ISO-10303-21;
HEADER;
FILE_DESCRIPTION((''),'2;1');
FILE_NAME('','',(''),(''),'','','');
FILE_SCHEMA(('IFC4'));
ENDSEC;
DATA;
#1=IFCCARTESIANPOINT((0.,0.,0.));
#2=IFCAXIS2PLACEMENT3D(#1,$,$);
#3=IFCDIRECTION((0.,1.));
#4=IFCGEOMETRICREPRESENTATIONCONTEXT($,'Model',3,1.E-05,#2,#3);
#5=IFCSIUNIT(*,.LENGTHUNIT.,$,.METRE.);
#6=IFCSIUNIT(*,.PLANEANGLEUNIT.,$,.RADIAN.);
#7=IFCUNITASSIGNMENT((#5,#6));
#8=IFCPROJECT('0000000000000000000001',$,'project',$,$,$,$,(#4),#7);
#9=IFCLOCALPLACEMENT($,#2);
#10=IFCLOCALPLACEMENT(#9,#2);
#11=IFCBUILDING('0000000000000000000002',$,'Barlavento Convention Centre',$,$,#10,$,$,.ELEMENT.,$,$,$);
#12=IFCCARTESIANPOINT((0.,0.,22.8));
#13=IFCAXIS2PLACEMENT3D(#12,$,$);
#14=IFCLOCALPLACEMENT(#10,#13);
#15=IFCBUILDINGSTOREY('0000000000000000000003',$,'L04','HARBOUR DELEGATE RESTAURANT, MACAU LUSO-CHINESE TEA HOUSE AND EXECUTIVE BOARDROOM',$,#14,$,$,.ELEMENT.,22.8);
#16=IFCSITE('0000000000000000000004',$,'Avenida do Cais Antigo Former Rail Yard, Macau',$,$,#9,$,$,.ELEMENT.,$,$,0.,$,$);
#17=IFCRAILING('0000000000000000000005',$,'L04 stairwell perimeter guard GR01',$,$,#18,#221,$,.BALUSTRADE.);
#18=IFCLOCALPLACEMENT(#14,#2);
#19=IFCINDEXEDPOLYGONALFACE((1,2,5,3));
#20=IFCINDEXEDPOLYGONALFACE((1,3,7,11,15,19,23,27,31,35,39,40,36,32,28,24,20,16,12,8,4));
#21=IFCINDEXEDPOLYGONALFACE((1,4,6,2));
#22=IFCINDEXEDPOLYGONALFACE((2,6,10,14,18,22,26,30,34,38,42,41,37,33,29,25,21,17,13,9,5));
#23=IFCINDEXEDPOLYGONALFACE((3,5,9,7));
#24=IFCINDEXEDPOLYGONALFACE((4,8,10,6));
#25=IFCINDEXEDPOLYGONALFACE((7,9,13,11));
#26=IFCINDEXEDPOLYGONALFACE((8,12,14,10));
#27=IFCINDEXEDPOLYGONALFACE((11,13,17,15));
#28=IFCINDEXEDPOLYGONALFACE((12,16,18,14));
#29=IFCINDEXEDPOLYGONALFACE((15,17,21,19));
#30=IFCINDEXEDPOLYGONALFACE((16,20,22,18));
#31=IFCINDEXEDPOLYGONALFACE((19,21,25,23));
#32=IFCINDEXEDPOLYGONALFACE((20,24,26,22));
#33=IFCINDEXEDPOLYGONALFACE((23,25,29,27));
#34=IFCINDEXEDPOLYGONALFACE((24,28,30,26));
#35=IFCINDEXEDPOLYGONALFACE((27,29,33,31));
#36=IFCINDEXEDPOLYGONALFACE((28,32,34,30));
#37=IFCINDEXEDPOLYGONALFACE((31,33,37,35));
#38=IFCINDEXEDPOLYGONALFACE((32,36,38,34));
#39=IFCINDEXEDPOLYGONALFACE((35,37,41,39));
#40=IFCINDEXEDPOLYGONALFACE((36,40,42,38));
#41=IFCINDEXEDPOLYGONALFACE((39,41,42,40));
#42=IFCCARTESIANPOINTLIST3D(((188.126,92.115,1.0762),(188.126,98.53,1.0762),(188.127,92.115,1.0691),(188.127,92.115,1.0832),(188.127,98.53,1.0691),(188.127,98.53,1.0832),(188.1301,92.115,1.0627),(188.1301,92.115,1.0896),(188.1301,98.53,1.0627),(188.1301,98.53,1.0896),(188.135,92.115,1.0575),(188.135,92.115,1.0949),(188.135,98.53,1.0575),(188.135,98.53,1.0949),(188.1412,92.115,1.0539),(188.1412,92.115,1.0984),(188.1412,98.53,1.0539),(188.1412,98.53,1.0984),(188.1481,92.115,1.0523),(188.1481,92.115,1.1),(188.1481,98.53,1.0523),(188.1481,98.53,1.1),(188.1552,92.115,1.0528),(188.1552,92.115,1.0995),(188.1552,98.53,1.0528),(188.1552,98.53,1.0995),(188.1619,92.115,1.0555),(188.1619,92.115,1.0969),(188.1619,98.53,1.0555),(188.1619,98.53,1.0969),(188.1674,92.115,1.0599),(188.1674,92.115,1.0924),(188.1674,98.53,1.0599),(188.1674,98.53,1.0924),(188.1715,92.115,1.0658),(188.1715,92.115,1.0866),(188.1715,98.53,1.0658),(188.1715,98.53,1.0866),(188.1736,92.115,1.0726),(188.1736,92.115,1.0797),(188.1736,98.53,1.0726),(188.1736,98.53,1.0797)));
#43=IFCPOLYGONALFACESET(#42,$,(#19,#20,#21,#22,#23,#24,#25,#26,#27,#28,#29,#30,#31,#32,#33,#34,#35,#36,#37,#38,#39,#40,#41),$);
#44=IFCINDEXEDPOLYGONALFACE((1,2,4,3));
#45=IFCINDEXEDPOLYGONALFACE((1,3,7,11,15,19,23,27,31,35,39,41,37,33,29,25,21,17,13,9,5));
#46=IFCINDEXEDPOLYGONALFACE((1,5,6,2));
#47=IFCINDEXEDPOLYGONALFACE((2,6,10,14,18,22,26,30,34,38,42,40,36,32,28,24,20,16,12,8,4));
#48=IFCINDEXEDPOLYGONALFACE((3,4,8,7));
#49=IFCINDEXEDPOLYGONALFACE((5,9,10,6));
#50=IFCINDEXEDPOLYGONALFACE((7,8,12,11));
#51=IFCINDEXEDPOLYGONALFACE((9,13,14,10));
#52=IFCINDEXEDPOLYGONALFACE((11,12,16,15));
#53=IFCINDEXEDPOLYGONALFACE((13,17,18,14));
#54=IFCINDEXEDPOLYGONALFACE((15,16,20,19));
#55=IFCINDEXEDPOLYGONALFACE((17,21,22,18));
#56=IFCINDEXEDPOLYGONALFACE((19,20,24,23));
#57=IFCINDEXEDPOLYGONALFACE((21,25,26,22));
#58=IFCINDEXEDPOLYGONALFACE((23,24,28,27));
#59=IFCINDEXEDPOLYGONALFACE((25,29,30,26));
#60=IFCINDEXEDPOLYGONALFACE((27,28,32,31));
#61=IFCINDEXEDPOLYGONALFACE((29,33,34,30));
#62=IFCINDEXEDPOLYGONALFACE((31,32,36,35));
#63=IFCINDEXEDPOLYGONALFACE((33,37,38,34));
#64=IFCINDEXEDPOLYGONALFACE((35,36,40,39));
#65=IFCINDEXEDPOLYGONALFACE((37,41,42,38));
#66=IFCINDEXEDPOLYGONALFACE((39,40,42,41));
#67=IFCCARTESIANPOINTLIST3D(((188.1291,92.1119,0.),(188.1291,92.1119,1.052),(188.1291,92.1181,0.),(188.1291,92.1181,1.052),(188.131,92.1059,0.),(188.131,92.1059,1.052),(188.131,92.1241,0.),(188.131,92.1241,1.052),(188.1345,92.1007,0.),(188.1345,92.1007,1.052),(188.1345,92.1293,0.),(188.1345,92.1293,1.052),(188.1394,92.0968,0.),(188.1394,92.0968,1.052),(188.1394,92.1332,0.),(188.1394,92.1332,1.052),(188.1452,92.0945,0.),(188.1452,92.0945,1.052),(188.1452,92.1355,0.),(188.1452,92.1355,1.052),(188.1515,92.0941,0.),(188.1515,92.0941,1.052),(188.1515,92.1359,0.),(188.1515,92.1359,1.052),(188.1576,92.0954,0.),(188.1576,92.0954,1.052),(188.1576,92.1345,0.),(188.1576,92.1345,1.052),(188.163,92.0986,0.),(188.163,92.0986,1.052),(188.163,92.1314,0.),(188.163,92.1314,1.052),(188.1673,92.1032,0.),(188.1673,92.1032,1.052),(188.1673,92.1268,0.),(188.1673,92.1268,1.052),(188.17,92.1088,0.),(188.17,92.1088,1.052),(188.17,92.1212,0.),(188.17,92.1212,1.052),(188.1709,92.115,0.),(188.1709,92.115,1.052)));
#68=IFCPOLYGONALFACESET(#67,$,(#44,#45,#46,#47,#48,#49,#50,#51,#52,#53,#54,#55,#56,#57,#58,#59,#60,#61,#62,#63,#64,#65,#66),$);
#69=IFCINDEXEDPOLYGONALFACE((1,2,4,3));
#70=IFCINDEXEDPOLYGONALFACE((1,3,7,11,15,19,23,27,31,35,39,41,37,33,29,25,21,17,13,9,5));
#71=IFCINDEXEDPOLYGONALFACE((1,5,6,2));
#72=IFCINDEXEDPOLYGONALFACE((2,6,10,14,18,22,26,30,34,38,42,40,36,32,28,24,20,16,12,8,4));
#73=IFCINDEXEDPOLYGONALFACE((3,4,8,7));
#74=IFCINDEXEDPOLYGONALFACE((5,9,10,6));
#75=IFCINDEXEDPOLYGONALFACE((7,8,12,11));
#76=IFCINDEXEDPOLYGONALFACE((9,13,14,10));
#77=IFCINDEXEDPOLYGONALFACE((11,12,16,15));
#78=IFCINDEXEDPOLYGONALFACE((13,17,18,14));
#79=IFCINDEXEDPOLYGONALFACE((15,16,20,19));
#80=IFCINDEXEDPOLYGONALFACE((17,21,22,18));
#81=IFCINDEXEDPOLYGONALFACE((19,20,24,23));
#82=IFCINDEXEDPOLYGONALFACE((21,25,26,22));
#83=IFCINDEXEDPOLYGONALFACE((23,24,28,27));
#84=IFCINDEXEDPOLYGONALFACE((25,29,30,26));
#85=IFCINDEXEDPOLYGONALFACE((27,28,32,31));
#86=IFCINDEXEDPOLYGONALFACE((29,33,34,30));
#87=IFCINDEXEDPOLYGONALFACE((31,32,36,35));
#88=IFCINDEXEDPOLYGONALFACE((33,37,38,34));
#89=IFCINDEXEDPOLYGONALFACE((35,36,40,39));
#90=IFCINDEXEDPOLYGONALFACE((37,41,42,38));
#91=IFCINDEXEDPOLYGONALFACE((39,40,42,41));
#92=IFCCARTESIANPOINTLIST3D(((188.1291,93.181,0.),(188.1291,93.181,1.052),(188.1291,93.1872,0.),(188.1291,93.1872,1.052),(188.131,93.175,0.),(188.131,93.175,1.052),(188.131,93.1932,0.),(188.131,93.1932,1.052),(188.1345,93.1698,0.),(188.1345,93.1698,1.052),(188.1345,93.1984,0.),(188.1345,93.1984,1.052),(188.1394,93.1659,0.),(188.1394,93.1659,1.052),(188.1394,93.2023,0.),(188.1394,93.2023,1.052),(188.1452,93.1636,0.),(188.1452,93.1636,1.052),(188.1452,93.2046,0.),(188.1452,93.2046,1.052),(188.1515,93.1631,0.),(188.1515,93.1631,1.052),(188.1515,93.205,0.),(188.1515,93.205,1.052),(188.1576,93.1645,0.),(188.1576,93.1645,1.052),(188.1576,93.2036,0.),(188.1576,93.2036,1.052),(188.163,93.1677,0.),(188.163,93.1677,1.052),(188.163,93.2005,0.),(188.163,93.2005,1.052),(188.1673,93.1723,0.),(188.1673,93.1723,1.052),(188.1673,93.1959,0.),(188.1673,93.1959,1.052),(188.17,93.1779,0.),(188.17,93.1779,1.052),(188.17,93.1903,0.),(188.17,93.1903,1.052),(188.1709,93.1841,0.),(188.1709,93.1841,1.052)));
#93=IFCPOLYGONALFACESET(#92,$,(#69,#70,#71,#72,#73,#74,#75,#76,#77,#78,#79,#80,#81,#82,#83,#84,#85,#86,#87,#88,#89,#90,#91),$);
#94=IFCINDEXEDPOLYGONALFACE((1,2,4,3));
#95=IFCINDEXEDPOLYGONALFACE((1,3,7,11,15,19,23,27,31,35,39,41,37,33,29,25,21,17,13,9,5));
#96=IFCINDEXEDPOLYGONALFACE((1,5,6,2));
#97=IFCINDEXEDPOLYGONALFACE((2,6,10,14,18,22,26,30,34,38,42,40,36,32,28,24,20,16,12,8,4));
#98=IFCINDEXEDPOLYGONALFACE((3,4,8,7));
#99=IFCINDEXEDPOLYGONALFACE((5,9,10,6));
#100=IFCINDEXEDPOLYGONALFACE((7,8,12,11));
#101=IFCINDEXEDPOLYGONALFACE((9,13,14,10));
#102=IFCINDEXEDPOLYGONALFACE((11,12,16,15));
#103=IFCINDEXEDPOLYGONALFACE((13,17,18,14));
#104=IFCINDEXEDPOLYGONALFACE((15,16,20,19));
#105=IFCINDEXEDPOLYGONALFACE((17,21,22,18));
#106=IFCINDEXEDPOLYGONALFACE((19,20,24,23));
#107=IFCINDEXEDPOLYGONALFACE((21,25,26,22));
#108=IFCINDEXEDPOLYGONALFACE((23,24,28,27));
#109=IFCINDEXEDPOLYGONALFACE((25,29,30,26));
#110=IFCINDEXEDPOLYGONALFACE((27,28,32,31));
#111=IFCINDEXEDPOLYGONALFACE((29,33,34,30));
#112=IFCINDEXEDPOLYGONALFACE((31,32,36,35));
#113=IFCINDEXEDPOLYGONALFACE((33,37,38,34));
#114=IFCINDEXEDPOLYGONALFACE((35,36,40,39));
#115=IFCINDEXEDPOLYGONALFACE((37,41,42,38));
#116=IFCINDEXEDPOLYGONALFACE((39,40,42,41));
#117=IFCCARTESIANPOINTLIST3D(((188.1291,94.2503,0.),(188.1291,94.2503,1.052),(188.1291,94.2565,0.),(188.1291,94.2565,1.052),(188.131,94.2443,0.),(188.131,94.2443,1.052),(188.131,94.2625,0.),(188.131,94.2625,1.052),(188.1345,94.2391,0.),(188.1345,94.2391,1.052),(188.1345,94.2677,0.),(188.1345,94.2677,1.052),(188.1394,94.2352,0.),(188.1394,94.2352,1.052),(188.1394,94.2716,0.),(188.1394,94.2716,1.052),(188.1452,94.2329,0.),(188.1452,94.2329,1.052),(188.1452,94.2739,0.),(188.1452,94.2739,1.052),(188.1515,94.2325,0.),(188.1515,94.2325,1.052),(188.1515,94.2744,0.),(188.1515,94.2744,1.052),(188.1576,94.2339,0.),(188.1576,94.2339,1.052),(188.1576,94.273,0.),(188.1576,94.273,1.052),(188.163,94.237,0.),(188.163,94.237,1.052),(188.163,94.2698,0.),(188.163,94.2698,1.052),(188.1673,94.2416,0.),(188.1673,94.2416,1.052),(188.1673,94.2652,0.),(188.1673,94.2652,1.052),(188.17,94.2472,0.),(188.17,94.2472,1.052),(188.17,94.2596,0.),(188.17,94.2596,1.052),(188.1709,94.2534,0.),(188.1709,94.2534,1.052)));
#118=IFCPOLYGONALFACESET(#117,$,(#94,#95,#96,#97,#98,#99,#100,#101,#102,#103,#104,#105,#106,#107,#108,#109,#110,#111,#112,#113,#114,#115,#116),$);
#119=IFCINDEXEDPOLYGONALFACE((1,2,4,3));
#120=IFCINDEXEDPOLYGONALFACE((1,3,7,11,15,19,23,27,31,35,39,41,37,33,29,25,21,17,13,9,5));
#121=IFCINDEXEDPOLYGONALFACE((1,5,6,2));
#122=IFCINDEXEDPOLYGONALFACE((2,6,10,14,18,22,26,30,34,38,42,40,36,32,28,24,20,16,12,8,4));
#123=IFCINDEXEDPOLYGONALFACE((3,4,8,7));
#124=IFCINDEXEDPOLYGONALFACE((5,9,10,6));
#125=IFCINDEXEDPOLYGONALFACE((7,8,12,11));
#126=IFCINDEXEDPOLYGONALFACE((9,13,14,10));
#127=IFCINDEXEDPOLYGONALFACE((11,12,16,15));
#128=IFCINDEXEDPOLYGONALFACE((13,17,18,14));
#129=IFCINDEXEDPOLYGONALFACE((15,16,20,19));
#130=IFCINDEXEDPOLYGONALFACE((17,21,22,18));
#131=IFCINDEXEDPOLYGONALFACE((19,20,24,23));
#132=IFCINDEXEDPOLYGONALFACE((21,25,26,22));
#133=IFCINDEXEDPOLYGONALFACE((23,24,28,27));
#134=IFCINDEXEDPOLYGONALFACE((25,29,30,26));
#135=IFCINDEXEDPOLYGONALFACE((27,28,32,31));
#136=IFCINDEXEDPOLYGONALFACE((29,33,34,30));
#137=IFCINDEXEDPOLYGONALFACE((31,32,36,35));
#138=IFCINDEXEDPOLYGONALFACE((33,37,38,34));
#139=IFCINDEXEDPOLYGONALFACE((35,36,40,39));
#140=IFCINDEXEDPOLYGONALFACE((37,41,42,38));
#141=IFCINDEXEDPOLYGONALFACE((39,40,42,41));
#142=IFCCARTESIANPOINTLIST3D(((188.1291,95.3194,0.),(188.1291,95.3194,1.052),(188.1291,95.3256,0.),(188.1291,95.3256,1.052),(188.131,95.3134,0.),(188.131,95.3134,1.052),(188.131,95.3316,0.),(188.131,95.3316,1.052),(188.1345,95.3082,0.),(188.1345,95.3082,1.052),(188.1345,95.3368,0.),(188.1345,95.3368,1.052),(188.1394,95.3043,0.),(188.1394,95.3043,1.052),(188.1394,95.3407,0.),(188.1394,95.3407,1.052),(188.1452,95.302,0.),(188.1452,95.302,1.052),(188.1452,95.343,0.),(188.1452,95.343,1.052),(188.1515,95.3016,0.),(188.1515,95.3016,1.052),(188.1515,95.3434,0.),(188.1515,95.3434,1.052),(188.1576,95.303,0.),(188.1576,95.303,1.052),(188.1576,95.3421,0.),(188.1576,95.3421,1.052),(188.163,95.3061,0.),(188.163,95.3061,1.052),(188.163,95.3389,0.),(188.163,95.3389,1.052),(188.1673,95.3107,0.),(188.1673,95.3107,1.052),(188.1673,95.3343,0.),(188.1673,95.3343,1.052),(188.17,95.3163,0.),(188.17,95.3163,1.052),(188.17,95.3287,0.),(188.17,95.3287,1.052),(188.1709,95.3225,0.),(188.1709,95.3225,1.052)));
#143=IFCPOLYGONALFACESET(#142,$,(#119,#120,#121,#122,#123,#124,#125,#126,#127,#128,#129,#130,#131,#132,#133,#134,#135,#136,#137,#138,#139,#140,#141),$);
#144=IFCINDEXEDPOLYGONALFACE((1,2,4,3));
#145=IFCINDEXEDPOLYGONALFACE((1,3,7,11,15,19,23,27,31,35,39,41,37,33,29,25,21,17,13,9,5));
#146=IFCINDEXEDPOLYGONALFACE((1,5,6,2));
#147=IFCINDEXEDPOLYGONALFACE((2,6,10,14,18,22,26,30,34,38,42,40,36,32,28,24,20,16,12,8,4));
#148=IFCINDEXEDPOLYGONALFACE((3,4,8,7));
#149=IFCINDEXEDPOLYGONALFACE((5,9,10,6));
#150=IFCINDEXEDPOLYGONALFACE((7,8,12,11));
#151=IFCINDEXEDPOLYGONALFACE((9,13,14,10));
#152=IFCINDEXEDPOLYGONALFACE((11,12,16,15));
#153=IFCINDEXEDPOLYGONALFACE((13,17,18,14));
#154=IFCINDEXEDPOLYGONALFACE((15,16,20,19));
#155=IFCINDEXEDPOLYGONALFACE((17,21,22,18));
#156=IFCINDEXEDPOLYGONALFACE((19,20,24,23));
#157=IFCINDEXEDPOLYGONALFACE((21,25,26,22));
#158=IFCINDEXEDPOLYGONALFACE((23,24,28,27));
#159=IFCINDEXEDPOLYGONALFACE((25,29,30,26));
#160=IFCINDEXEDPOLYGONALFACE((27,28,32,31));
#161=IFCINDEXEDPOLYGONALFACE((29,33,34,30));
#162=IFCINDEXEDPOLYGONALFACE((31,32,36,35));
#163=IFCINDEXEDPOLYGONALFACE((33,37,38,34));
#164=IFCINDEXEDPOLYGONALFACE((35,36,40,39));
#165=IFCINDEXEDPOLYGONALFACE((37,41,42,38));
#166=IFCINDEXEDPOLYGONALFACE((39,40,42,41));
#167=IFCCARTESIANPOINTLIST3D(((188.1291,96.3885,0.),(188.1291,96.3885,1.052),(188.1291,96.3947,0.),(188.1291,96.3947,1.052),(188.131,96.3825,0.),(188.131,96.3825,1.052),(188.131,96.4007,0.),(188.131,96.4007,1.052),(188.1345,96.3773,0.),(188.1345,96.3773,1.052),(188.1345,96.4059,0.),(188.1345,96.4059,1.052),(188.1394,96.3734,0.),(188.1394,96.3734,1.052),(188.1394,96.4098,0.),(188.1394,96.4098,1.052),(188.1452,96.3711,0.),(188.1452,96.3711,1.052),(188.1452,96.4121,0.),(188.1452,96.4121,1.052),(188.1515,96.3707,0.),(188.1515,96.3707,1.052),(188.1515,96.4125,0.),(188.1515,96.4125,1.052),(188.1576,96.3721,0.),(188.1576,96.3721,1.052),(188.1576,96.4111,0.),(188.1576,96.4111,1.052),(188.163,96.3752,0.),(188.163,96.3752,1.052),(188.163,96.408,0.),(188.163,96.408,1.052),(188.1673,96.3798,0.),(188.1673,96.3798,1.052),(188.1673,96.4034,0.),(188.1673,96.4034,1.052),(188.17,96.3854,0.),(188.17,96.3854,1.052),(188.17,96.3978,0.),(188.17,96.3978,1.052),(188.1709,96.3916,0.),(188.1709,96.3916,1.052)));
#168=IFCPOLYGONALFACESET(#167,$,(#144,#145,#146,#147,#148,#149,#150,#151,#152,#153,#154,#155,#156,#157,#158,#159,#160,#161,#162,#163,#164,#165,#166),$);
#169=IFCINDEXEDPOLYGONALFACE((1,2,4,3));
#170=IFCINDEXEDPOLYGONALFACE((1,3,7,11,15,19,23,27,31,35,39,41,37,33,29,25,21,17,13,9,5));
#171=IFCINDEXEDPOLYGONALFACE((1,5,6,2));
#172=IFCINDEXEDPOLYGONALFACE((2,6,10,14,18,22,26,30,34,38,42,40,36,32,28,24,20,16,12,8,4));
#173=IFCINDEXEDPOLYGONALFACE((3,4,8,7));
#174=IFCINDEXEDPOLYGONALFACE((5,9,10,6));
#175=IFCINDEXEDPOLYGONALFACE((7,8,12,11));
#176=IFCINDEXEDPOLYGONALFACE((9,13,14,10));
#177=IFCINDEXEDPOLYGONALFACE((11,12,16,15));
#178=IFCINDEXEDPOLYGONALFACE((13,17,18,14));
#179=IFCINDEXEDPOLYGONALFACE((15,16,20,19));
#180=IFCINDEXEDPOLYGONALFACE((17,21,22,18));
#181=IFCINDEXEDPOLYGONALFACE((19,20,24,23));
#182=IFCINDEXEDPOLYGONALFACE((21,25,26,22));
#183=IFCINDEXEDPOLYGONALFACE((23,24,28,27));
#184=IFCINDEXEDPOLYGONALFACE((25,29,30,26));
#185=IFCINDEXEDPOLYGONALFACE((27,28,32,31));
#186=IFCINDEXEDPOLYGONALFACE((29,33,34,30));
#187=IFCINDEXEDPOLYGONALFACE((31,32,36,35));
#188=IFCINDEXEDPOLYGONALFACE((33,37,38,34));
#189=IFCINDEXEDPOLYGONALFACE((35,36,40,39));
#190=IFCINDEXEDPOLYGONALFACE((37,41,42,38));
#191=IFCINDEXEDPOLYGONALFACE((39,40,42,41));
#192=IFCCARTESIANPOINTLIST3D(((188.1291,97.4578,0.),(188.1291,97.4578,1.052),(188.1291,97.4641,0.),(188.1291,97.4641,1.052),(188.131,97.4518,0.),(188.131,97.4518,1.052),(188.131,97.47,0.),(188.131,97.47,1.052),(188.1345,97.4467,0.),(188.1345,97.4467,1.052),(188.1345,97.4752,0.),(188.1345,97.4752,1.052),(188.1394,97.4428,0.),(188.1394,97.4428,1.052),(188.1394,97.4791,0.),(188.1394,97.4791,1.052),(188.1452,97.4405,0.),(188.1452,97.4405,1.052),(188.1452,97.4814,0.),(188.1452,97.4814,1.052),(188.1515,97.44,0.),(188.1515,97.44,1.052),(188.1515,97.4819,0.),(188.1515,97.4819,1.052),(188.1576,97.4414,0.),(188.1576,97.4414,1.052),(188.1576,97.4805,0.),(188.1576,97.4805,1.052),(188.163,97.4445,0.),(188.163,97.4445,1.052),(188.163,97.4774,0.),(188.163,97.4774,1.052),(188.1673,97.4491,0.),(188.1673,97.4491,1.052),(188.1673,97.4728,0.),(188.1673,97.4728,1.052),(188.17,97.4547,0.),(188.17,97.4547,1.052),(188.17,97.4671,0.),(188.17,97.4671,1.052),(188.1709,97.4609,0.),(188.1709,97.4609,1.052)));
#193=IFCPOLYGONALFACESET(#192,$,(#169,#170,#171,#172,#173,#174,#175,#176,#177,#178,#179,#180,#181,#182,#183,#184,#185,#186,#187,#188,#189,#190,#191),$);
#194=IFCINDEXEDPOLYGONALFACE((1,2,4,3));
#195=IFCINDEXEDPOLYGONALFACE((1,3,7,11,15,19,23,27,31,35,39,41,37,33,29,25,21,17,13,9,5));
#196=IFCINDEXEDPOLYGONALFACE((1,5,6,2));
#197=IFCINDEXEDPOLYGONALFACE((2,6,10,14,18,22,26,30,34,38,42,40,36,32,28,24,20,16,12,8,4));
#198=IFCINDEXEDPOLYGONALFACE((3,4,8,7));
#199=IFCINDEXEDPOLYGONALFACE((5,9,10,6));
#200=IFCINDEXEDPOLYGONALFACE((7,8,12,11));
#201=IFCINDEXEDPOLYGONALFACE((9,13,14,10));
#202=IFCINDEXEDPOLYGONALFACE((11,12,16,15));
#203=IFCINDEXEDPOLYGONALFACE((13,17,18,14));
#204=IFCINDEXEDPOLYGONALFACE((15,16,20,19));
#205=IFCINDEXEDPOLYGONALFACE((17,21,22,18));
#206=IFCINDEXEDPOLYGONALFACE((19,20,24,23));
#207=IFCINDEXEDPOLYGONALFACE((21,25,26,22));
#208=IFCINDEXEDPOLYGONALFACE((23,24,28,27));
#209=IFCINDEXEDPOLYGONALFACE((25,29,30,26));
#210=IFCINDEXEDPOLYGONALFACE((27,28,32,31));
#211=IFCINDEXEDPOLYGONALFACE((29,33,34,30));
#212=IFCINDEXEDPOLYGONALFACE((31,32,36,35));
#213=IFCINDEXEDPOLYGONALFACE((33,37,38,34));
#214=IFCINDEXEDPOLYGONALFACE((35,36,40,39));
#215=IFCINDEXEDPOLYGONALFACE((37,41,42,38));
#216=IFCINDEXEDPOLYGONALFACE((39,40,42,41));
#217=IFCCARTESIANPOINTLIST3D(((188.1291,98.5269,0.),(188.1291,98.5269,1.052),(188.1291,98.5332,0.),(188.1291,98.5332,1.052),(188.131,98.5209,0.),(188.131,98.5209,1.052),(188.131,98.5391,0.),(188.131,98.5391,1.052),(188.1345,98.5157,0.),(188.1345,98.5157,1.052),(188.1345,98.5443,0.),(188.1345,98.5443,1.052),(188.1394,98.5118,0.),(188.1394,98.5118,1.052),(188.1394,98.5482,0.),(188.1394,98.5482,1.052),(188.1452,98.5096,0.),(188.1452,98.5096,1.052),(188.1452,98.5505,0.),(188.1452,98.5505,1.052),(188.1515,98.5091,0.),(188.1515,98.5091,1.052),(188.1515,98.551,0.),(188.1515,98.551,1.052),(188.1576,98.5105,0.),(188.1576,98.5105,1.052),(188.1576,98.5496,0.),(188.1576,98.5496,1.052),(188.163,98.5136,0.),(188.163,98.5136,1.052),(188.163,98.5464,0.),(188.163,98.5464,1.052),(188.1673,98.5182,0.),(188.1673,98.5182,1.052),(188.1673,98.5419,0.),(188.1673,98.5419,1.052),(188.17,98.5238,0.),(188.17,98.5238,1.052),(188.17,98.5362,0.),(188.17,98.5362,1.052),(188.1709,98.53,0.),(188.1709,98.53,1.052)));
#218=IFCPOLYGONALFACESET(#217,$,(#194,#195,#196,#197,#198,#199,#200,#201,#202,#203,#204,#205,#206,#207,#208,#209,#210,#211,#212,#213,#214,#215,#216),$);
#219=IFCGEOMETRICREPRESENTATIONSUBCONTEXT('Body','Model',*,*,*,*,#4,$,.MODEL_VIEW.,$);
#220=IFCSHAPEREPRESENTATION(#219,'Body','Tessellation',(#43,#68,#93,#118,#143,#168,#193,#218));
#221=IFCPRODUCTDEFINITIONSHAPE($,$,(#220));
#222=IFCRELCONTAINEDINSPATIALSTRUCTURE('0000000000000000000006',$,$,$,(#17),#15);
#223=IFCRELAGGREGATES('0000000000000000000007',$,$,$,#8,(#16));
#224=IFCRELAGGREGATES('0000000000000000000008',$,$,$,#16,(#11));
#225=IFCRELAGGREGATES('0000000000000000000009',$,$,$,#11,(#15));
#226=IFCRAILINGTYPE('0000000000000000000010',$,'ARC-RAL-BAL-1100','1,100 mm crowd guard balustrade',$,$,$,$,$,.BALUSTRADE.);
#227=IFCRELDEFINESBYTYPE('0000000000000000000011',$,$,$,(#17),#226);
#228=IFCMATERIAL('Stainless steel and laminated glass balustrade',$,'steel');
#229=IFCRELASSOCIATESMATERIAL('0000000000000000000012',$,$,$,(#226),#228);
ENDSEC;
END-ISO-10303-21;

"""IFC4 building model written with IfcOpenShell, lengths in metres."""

from ifc_helpers import new_model, si_unit, direction, frame, origin, origin_2d, place, context, subcontext, project, spatial, circle, extrude, material, type_object, element, save


model = new_model("IFC4")

# Units and contexts
model_context = context("Model", 3, precision=1e-05, world=origin(), true_north=direction((0.0, 1.0)))
body_context = subcontext(model_context, "Body", "Model", "MODEL_VIEW")
ifc_project = project(units=[si_unit("LENGTHUNIT", "METRE"), si_unit("PLANEANGLEUNIT", "RADIAN")], contexts=[model_context])

# Site, building, storey
site_placement = place(None, origin())
site = spatial("IfcSite", under=ifc_project, at=site_placement, Name="Avenida do Cais Antigo Former Rail Yard, Macau", CompositionType="ELEMENT", RefElevation=0.0)
building_placement = place(site_placement, origin())
building = spatial("IfcBuilding", under=site, at=building_placement, Name="Barlavento Convention Centre", CompositionType="ELEMENT")
storey_placement = place(building_placement, frame((0.0, 0.0, 22.8)))
storey = spatial("IfcBuildingStorey", under=building, at=storey_placement, Name="L04", Description="HARBOUR DELEGATE RESTAURANT, MACAU LUSO-CHINESE TEA HOUSE AND EXECUTIVE BOARDROOM", CompositionType="ELEMENT", Elevation=22.8)

# Railing
ifc_material_1 = material(Name="Stainless steel and laminated glass balustrade", Category="steel")
railing_type_1 = type_object("IfcRailingType", Name="ARC-RAL-BAL-1100", Description="1,100 mm crowd guard balustrade", PredefinedType="BALUSTRADE", material=ifc_material_1)
railing_1_placement = place(storey_placement, frame((188.1499, 92.115, 0.0)))
element("IfcRailing", 1, at=railing_1_placement, inside=storey, type_object=railing_type_1, Name="L04 stairwell perimeter guard GR01", PredefinedType="BALUSTRADE", context=body_context, shape_type="SweptSolid", body=[
    extrude(circle(Radius=0.0239, at=origin_2d()), frame((0.0, 0.0, 1.0762), z_axis=(0.0, 1.0, 0.0), x_axis=(-1.0, 0.0, 0.0)), (0.0, 0.0, 1.0), 6.415),
    extrude(circle(Radius=0.021, at=origin_2d()), origin(), (0.0, 0.0, 1.0), 1.052),
    extrude(circle(Radius=0.021, at=origin_2d()), frame((0.0, 1.0691, 0.0)), (0.0, 0.0, 1.0), 1.052),
    extrude(circle(Radius=0.021, at=origin_2d()), frame((0.0, 2.1384, 0.0)), (0.0, 0.0, 1.0), 1.052),
    extrude(circle(Radius=0.021, at=origin_2d()), frame((0.0, 3.2075, 0.0)), (0.0, 0.0, 1.0), 1.052),
    extrude(circle(Radius=0.021, at=origin_2d()), frame((0.0, 4.2766, 0.0)), (0.0, 0.0, 1.0), 1.052),
    extrude(circle(Radius=0.021, at=origin_2d()), frame((0.0, 5.3459, 0.0)), (0.0, 0.0, 1.0), 1.052),
    extrude(circle(Radius=0.021, at=origin_2d()), frame((0.0, 6.415, 0.0)), (0.0, 0.0, 1.0), 1.052),
])

save(model, "model.ifc")
